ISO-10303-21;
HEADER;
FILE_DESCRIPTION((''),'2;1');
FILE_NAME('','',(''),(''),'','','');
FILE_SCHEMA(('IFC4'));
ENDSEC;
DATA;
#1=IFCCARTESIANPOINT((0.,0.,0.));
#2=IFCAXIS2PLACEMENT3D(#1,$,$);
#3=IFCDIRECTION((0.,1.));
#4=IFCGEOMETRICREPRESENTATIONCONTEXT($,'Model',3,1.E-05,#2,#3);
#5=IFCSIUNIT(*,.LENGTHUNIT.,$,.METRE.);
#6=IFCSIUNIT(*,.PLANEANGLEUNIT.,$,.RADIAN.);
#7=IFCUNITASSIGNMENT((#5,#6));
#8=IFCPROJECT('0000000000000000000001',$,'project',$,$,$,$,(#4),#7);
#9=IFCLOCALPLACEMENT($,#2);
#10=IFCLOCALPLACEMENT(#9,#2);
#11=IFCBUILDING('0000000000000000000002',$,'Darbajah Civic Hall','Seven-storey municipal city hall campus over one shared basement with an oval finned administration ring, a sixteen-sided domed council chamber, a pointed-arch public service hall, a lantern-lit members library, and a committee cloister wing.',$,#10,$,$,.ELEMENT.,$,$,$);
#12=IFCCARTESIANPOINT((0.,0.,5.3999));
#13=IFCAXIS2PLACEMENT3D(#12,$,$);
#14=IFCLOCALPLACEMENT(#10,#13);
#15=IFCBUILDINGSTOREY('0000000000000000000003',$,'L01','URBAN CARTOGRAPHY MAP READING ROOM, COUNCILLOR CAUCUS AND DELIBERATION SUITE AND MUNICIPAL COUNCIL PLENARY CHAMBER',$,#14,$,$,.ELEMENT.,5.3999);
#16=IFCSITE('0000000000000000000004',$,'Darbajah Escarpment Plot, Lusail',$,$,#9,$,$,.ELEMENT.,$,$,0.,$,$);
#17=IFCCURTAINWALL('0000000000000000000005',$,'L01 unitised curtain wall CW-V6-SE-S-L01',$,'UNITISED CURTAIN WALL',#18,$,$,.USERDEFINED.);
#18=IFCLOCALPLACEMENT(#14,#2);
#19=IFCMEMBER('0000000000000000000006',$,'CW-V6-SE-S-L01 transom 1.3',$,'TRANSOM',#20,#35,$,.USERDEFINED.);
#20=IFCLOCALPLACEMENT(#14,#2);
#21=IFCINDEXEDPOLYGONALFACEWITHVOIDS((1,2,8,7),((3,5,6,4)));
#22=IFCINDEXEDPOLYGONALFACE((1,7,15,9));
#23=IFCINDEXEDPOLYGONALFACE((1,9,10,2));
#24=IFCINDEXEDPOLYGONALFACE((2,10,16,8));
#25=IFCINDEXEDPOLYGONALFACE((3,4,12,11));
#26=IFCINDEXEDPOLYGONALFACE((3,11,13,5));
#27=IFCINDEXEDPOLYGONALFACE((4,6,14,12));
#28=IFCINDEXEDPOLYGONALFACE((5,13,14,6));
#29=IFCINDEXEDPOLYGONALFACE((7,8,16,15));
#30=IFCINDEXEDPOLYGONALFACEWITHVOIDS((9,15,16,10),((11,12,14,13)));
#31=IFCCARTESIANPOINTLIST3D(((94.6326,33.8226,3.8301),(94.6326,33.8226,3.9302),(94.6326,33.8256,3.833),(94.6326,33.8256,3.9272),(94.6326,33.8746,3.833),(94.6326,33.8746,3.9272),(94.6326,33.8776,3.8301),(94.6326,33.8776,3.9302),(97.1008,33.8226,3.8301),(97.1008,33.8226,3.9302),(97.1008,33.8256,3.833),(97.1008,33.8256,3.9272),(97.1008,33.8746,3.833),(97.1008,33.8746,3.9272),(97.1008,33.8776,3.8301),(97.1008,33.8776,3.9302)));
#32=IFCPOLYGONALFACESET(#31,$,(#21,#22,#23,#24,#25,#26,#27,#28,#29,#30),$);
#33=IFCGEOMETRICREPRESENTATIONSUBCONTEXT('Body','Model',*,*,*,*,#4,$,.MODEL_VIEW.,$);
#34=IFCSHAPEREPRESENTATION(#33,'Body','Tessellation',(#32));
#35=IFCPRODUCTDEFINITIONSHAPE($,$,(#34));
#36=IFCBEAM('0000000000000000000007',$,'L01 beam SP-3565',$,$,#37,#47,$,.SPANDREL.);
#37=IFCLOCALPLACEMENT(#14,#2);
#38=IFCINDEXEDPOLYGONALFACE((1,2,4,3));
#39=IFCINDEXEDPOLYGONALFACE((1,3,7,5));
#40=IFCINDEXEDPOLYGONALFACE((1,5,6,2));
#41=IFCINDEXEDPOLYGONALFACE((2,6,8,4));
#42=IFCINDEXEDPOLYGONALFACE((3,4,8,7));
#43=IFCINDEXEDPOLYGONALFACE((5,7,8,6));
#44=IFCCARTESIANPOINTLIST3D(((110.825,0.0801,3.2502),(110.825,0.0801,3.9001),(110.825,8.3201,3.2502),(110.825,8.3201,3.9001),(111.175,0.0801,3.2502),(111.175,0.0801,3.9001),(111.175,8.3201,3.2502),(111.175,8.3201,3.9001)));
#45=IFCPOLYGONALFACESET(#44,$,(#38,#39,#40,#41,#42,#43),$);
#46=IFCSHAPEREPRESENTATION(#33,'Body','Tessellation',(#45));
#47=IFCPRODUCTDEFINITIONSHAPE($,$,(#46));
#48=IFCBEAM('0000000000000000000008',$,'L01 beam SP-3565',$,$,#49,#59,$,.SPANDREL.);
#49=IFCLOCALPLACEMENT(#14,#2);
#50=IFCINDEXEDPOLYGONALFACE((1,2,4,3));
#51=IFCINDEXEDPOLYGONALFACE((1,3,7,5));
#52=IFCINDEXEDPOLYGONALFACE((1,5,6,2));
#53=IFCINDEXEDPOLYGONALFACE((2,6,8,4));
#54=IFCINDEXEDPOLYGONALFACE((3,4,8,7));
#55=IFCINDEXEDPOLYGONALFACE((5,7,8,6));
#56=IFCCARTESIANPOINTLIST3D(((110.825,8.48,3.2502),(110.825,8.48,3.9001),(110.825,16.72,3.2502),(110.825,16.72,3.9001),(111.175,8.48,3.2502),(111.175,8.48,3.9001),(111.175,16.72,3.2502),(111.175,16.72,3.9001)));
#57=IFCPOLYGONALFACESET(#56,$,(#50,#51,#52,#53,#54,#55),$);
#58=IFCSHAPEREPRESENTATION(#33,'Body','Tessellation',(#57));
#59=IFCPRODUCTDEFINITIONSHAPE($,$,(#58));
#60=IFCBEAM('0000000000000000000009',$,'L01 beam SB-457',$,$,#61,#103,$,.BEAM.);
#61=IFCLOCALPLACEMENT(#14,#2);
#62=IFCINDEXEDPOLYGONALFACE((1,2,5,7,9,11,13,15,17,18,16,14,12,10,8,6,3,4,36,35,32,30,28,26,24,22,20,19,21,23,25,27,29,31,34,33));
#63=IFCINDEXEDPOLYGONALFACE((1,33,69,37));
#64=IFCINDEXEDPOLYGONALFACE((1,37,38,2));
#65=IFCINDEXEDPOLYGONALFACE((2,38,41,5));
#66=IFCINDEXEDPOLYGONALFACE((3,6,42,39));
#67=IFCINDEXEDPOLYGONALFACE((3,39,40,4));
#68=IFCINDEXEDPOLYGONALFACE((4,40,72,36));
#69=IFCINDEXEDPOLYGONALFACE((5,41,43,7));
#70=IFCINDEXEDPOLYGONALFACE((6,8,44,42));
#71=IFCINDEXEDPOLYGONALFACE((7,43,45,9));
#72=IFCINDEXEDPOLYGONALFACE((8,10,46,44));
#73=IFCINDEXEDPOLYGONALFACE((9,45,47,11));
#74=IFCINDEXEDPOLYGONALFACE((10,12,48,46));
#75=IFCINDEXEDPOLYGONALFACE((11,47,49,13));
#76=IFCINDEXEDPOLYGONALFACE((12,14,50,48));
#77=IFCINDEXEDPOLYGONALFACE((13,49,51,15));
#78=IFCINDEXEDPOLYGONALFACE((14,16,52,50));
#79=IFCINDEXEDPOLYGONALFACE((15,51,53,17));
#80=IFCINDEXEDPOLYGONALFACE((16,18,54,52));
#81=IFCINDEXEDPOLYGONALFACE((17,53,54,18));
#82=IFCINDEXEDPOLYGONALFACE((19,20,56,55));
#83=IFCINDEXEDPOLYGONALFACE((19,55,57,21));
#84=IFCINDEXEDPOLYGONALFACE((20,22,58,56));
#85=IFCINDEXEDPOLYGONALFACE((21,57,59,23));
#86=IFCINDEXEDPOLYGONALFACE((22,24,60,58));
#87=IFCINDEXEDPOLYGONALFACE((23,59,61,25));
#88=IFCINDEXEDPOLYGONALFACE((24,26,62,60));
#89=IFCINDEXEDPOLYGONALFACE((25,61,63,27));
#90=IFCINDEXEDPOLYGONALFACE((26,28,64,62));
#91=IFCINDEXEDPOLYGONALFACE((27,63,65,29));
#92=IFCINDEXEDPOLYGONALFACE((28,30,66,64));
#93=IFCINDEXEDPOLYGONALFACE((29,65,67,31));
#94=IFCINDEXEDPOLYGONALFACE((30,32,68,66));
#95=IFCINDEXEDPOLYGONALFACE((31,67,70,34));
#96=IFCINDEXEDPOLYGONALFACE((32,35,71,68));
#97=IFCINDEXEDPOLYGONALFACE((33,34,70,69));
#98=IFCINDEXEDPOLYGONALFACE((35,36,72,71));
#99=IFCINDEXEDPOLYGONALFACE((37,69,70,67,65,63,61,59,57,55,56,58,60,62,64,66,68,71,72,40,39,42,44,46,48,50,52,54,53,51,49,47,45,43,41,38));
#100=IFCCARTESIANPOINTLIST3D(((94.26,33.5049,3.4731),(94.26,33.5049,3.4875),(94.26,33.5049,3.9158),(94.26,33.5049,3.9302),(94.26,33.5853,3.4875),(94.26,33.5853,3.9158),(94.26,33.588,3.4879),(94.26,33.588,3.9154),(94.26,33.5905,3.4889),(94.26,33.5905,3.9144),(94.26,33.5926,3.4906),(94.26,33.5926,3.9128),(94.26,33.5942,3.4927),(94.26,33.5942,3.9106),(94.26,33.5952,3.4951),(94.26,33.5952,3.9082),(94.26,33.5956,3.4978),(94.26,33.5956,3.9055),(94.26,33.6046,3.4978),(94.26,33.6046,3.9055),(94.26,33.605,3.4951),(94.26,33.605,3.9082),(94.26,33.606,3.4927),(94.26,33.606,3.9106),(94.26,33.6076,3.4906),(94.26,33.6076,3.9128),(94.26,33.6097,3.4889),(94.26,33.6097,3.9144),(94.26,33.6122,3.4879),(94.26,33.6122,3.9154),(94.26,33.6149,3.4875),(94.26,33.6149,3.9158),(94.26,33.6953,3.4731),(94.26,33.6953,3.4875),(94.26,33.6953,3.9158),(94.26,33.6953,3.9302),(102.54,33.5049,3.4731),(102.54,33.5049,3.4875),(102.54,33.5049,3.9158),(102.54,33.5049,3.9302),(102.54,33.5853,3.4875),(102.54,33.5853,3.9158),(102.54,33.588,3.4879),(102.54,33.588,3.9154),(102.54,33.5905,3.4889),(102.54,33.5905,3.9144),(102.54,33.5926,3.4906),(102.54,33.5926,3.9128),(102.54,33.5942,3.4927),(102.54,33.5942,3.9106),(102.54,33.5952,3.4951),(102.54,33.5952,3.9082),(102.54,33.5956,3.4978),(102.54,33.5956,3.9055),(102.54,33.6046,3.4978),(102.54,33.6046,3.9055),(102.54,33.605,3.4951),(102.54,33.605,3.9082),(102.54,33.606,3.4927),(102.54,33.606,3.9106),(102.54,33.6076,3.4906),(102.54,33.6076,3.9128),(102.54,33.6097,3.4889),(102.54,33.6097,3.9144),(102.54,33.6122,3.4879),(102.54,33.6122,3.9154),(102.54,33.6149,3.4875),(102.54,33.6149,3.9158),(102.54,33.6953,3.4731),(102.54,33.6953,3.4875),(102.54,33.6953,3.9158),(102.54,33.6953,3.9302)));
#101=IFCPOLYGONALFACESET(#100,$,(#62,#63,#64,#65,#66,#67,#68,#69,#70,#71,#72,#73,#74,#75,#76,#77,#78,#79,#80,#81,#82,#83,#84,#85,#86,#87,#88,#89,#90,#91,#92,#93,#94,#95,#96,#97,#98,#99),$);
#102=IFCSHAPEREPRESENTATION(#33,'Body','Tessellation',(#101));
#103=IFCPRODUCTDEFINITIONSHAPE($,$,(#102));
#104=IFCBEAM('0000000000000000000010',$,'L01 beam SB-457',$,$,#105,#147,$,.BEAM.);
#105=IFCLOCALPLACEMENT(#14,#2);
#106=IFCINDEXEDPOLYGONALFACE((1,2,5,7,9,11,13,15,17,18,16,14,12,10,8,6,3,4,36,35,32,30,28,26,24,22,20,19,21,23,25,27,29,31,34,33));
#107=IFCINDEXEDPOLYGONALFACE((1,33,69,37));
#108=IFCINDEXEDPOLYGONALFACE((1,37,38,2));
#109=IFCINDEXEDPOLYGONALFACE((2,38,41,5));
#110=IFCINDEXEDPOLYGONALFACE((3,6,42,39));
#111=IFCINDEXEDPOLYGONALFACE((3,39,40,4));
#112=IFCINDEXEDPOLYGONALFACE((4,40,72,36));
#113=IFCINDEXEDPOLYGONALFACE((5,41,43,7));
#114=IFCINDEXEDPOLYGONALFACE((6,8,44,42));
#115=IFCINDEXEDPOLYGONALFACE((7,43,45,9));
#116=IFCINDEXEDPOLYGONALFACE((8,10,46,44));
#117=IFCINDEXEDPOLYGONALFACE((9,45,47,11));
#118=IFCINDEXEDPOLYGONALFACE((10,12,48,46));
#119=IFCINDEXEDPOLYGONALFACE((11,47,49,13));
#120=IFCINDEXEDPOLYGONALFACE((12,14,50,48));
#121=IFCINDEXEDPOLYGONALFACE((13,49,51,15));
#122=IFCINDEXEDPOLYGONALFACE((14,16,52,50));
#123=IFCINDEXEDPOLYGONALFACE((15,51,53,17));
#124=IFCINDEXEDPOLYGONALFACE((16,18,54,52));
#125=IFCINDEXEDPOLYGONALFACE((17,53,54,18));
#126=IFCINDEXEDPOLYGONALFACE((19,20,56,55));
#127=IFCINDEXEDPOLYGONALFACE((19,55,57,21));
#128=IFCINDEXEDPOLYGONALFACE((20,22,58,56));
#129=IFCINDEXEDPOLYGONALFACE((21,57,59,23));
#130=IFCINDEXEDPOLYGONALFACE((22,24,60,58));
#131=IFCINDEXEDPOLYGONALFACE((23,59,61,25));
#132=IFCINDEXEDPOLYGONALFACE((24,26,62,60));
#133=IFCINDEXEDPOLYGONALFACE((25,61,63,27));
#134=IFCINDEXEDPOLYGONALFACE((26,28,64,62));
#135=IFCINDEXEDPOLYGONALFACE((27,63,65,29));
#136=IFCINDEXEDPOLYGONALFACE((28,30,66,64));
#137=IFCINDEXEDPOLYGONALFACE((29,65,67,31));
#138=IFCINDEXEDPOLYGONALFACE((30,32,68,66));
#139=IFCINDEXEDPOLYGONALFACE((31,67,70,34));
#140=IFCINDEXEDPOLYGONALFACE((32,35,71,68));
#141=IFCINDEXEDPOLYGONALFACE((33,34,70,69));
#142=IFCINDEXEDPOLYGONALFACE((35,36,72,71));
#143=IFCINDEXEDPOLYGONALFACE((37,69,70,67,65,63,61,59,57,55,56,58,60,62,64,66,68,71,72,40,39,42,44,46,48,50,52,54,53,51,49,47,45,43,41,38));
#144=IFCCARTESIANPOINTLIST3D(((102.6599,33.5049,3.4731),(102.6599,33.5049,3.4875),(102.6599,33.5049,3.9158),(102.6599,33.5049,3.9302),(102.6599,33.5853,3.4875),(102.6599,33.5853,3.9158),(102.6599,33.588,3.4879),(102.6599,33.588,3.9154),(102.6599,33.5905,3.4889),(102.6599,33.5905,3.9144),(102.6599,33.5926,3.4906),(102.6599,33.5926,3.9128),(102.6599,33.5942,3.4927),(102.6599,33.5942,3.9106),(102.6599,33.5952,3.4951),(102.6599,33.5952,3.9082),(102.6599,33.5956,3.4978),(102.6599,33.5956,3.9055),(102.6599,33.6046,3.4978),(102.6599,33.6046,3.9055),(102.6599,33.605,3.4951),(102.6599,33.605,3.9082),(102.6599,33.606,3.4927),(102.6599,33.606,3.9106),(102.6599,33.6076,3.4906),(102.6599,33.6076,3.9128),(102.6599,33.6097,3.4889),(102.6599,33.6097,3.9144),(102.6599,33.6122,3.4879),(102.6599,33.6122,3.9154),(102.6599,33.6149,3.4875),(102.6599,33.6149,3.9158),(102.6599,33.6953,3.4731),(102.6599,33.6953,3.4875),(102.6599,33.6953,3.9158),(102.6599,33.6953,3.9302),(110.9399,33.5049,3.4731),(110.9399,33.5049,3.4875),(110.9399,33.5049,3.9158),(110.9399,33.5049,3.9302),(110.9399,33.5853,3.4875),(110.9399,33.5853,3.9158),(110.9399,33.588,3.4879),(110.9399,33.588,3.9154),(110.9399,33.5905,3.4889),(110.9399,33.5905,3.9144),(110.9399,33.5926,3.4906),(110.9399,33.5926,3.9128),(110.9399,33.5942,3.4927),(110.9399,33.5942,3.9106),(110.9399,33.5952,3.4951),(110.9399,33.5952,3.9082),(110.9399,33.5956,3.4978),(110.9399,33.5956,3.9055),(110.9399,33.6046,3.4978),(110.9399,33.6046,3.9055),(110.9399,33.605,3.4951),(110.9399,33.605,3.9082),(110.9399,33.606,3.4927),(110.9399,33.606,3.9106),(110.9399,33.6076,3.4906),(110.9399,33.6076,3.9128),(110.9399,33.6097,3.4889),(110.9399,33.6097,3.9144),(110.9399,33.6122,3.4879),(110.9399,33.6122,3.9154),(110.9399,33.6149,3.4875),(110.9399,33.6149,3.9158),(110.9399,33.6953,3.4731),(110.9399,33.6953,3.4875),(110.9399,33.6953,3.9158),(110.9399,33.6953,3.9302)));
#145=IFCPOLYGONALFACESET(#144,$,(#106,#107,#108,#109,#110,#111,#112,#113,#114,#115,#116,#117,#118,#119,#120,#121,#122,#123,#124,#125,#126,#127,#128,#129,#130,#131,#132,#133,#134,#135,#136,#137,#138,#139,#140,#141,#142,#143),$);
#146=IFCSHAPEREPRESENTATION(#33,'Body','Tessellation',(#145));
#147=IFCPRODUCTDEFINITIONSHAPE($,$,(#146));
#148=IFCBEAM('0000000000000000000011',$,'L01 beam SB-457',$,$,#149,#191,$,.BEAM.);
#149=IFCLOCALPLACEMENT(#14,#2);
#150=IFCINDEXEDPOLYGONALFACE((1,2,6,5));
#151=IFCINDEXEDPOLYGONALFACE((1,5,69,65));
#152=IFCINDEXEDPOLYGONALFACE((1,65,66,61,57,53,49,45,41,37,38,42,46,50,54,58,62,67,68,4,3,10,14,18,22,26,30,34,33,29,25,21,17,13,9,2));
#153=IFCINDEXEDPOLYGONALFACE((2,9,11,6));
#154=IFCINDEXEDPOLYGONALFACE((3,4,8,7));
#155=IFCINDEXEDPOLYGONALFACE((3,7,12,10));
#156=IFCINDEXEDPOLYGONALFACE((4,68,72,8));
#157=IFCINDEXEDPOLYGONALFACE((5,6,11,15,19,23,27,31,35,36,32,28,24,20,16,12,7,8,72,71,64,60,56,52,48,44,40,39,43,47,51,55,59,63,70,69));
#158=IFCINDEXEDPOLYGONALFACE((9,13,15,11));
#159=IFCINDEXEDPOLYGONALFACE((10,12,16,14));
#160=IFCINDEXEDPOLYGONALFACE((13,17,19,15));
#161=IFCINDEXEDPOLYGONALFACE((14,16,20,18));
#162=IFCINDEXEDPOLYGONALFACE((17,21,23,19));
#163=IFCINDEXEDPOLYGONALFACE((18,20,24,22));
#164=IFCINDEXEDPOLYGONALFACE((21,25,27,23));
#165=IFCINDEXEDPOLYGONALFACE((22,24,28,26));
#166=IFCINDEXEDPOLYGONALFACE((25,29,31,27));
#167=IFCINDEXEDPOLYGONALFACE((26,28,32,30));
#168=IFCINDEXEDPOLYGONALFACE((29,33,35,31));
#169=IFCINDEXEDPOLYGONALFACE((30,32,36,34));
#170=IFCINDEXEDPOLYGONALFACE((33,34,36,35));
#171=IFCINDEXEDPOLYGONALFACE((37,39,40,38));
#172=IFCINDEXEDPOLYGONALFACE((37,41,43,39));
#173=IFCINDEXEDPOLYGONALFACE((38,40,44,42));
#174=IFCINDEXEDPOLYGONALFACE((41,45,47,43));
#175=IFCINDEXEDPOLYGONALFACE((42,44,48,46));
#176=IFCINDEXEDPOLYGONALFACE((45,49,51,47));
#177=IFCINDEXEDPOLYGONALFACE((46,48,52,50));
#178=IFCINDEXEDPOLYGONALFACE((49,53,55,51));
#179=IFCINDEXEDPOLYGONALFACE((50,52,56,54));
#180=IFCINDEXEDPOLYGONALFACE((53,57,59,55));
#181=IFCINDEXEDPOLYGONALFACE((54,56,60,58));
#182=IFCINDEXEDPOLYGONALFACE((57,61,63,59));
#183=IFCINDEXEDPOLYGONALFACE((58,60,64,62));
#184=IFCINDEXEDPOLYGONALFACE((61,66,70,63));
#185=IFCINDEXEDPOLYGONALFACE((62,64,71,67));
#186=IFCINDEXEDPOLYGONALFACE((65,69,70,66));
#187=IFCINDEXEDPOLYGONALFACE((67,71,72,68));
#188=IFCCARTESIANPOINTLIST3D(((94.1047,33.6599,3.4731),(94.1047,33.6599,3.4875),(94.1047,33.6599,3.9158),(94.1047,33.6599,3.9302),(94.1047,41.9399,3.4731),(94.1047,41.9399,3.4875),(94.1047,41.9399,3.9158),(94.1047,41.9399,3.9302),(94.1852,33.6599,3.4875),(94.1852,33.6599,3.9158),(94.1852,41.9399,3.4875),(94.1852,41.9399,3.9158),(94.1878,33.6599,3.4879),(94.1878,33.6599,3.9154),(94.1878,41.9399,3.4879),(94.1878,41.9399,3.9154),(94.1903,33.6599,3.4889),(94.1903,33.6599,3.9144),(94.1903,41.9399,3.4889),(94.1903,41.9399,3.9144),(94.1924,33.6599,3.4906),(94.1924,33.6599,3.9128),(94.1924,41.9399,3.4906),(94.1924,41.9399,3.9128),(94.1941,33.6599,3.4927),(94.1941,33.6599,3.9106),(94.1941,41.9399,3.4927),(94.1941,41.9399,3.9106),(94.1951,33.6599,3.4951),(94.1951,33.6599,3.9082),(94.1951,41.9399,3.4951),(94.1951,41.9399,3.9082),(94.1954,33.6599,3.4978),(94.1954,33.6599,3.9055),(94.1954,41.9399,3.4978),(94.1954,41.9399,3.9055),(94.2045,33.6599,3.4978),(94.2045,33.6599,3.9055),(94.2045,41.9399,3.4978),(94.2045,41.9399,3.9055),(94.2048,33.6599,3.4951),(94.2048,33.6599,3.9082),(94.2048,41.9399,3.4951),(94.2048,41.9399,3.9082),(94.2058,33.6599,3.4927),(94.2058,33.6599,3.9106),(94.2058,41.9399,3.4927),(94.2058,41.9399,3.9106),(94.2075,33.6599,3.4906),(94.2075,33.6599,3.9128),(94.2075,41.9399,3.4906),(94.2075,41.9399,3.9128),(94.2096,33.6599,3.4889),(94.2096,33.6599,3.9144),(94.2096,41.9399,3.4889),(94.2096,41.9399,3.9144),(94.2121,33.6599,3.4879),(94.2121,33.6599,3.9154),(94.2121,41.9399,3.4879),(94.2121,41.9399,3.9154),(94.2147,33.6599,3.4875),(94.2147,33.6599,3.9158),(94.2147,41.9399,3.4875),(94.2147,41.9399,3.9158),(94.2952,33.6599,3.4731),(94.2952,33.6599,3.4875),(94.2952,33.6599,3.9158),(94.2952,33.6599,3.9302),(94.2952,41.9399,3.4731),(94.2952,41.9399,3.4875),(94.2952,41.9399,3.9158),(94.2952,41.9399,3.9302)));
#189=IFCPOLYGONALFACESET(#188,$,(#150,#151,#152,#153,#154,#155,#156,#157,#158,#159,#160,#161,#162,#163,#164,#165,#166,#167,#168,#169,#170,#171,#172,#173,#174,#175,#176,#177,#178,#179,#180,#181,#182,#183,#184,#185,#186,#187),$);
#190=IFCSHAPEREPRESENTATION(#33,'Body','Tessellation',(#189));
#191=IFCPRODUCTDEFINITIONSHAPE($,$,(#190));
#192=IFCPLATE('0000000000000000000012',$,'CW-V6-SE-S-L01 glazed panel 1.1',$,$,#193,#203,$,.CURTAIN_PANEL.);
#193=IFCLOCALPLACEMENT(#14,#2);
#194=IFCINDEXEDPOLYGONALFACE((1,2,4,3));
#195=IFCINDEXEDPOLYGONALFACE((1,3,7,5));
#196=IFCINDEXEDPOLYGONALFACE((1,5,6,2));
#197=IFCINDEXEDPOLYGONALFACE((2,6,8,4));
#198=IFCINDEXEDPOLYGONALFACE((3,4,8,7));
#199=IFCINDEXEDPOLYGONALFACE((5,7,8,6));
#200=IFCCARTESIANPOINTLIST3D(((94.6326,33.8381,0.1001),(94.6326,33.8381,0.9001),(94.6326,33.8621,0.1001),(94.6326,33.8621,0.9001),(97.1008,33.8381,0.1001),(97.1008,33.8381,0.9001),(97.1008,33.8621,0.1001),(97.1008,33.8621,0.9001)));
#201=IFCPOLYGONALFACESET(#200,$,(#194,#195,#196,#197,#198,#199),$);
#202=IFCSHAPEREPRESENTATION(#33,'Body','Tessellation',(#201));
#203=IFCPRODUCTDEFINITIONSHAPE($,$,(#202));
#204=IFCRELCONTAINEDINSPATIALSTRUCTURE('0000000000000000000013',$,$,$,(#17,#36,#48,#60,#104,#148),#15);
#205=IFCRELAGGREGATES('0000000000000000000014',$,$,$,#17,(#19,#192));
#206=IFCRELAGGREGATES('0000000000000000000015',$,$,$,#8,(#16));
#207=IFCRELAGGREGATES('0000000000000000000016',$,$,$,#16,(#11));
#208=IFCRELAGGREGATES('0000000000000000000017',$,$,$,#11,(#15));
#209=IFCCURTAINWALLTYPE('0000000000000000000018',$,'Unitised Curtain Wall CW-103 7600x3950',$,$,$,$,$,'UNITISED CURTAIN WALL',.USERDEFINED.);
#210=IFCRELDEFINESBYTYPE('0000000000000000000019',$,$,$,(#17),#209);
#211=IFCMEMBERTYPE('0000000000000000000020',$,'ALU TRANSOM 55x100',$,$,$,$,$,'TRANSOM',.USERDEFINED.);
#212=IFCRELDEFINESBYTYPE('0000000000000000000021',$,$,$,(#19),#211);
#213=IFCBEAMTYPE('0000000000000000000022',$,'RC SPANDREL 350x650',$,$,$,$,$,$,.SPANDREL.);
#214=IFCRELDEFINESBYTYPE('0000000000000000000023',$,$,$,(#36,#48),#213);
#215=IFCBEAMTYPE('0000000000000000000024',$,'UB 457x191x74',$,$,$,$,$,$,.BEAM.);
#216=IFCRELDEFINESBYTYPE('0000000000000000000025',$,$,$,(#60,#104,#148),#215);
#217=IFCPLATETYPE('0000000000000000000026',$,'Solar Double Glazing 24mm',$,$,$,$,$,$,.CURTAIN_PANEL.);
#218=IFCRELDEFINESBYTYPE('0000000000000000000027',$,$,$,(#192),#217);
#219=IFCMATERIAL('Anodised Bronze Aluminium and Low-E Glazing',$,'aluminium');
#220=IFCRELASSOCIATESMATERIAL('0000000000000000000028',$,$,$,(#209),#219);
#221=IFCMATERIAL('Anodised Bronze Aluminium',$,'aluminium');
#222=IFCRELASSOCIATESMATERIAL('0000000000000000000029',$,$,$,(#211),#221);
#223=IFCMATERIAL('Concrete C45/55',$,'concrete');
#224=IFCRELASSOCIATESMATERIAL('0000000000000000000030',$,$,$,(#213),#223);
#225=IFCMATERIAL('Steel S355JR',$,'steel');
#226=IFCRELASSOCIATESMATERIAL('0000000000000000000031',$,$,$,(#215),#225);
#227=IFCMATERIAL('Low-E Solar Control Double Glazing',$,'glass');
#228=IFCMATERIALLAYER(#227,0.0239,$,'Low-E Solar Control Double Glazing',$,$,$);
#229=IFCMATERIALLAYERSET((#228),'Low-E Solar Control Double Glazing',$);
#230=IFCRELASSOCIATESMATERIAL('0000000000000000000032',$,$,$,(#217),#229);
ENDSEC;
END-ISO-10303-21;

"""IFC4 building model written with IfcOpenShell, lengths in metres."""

from ifc_helpers import new_model, si_unit, direction, frame, origin, origin_2d, place, context, subcontext, project, spatial, rectangle, hollow_rectangle, i_section, extrude, material, layer, layer_set, material_profile, profile_set, type_object, element, aggregate, save


model = new_model("IFC4")

# Units and contexts
model_context = context("Model", 3, precision=1e-05, world=origin(), true_north=direction((0.0, 1.0)))
body_context = subcontext(model_context, "Body", "Model", "MODEL_VIEW")
ifc_project = project(units=[si_unit("LENGTHUNIT", "METRE"), si_unit("PLANEANGLEUNIT", "RADIAN")], contexts=[model_context])

# Site, building, storey
site_placement = place(None, origin())
site = spatial("IfcSite", under=ifc_project, at=site_placement, Name="Darbajah Escarpment Plot, Lusail", CompositionType="ELEMENT", RefElevation=0.0)
building_placement = place(site_placement, origin())
building = spatial("IfcBuilding", under=site, at=building_placement, Name="Darbajah Civic Hall", Description="Seven-storey municipal city hall campus over one shared basement with an oval finned administration ring, a sixteen-sided domed council chamber, a pointed-arch public service hall, a lantern-lit members library, and a committee cloister wing.", CompositionType="ELEMENT")
storey_placement = place(building_placement, frame((0.0, 0.0, 5.3999)))
storey = spatial("IfcBuildingStorey", under=building, at=storey_placement, Name="L01", Description="URBAN CARTOGRAPHY MAP READING ROOM, COUNCILLOR CAUCUS AND DELIBERATION SUITE AND MUNICIPAL COUNCIL PLENARY CHAMBER", CompositionType="ELEMENT", Elevation=5.3999)

# Shared definitions
ifc_material_1 = material(Name="Concrete C45/55", Category="concrete")
ifc_material_2 = material(Name="Steel S355JR", Category="steel")

# Curtain wall, member
ifc_material_3 = material(Name="Anodised Bronze Aluminium and Low-E Glazing", Category="aluminium")
curtain_wall_type = type_object("IfcCurtainWallType", Name="Unitised Curtain Wall CW-103 7600x3950", ElementType="UNITISED CURTAIN WALL", PredefinedType="USERDEFINED", material=ifc_material_3)
curtain_wall_placement = place(storey_placement, origin())
curtain_wall = element("IfcCurtainWall", 1, at=curtain_wall_placement, inside=storey, type_object=curtain_wall_type, Name="L01 unitised curtain wall CW-V6-SE-S-L01", ObjectType="UNITISED CURTAIN WALL", PredefinedType="USERDEFINED")
ifc_material_4 = material(Name="Anodised Bronze Aluminium", Category="aluminium")
ifc_material_profile_1 = material_profile(ifc_material_4, hollow_rectangle(XDim=0.0549, YDim=0.1001, WallThickness=0.0029, at=origin_2d()), Name="ALU TRANSOM 55x100")
ifc_profile_set_1 = profile_set([ifc_material_profile_1], Name="Anodised Bronze Aluminium")
member_type_1 = type_object("IfcMemberType", Name="ALU TRANSOM 55x100", ElementType="TRANSOM", PredefinedType="USERDEFINED", material=ifc_profile_set_1)
member_1_placement = place(storey_placement, frame((94.6326, 33.8501, 3.8801), z_axis=(1.0, 0.0, 0.0), x_axis=(0.0, 1.0, 0.0)))
member_1 = element("IfcMember", 2, at=member_1_placement, type_object=member_type_1, Name="CW-V6-SE-S-L01 transom 1.3", ObjectType="TRANSOM", PredefinedType="USERDEFINED", context=body_context, shape_type="SweptSolid", body=[
    extrude(hollow_rectangle(XDim=0.0549, YDim=0.1001, WallThickness=0.0029, at=origin_2d()), origin(), (0.0, 0.0, 1.0), 2.4683),
])

# Beams
ifc_material_profile_2 = material_profile(ifc_material_1, rectangle(XDim=0.3501, YDim=0.6499, at=origin_2d()), Name="RC SPANDREL 350x650")
ifc_profile_set_2 = profile_set([ifc_material_profile_2], Name="Concrete C45/55")
beam_type_1 = type_object("IfcBeamType", Name="RC SPANDREL 350x650", PredefinedType="SPANDREL", material=ifc_profile_set_2)
for number, where, z_axis, x_axis, name in (
    (3, (111.0, 0.0801, 3.5752), (0.0, 1.0, 0.0), (-1.0, 0.0, 0.0), "L01 beam SP-3565"),
    (4, (111.0, 8.48, 3.5752), (0.0, 1.0, 0.0), (-1.0, 0.0, 0.0), "L01 beam SP-3565"),
):
    element("IfcBeam", number, at=place(storey_placement, frame(where, z_axis=z_axis, x_axis=x_axis)), inside=storey, type_object=beam_type_1, Name=name, PredefinedType="SPANDREL", context=body_context, shape_type="SweptSolid", body=[
        extrude(rectangle(XDim=0.3501, YDim=0.6499, at=origin_2d()), origin(), (0.0, 0.0, 1.0), 8.24),
    ])
ifc_material_profile_3 = material_profile(ifc_material_2, i_section(OverallWidth=0.1904, OverallDepth=0.457, WebThickness=0.009, FlangeThickness=0.0144, FilletRadius=0.0103, at=origin_2d()), Name="UB 457x191x74")
ifc_profile_set_3 = profile_set([ifc_material_profile_3], Name="Steel S355JR")
beam_type_2 = type_object("IfcBeamType", Name="UB 457x191x74", PredefinedType="BEAM", material=ifc_profile_set_3)
for number, where, z_axis, x_axis, name in (
    (5, (94.26, 33.6001, 3.7017), (1.0, 0.0, 0.0), (0.0, 1.0, 0.0), "L01 beam SB-457"),
    (6, (102.6599, 33.6001, 3.7017), (1.0, 0.0, 0.0), (0.0, 1.0, 0.0), "L01 beam SB-457"),
    (7, (94.2, 33.6599, 3.7017), (0.0, 1.0, 0.0), (-1.0, 0.0, 0.0), "L01 beam SB-457"),
):
    element("IfcBeam", number, at=place(storey_placement, frame(where, z_axis=z_axis, x_axis=x_axis)), inside=storey, type_object=beam_type_2, Name=name, PredefinedType="BEAM", context=body_context, shape_type="SweptSolid", body=[
        extrude(i_section(OverallWidth=0.1904, OverallDepth=0.457, WebThickness=0.009, FlangeThickness=0.0144, FilletRadius=0.0103, at=origin_2d()), origin(), (0.0, 0.0, 1.0), 8.28),
    ])

# Plate
ifc_material_5 = material(Name="Low-E Solar Control Double Glazing", Category="glass")
ifc_layer_1 = layer(ifc_material_5, 0.0239, Name="Low-E Solar Control Double Glazing")
ifc_layer_set_1 = layer_set([ifc_layer_1], Name="Low-E Solar Control Double Glazing")
plate_type = type_object("IfcPlateType", Name="Solar Double Glazing 24mm", PredefinedType="CURTAIN_PANEL", material=ifc_layer_set_1)
plate_1_placement = place(storey_placement, frame((95.8667, 33.8501, 0.1001), z_axis=(0.0, 0.0, 1.0), x_axis=(1.0, 0.0, 0.0)))
plate_1 = element("IfcPlate", 8, at=plate_1_placement, type_object=plate_type, Name="CW-V6-SE-S-L01 glazed panel 1.1", PredefinedType="CURTAIN_PANEL", context=body_context, shape_type="SweptSolid", body=[
    extrude(rectangle(XDim=2.4683, YDim=0.0239, at=origin_2d()), origin(), (0.0, 0.0, 1.0), 0.8),
])
aggregate(curtain_wall, [member_1, plate_1])

save(model, "model.ifc")
